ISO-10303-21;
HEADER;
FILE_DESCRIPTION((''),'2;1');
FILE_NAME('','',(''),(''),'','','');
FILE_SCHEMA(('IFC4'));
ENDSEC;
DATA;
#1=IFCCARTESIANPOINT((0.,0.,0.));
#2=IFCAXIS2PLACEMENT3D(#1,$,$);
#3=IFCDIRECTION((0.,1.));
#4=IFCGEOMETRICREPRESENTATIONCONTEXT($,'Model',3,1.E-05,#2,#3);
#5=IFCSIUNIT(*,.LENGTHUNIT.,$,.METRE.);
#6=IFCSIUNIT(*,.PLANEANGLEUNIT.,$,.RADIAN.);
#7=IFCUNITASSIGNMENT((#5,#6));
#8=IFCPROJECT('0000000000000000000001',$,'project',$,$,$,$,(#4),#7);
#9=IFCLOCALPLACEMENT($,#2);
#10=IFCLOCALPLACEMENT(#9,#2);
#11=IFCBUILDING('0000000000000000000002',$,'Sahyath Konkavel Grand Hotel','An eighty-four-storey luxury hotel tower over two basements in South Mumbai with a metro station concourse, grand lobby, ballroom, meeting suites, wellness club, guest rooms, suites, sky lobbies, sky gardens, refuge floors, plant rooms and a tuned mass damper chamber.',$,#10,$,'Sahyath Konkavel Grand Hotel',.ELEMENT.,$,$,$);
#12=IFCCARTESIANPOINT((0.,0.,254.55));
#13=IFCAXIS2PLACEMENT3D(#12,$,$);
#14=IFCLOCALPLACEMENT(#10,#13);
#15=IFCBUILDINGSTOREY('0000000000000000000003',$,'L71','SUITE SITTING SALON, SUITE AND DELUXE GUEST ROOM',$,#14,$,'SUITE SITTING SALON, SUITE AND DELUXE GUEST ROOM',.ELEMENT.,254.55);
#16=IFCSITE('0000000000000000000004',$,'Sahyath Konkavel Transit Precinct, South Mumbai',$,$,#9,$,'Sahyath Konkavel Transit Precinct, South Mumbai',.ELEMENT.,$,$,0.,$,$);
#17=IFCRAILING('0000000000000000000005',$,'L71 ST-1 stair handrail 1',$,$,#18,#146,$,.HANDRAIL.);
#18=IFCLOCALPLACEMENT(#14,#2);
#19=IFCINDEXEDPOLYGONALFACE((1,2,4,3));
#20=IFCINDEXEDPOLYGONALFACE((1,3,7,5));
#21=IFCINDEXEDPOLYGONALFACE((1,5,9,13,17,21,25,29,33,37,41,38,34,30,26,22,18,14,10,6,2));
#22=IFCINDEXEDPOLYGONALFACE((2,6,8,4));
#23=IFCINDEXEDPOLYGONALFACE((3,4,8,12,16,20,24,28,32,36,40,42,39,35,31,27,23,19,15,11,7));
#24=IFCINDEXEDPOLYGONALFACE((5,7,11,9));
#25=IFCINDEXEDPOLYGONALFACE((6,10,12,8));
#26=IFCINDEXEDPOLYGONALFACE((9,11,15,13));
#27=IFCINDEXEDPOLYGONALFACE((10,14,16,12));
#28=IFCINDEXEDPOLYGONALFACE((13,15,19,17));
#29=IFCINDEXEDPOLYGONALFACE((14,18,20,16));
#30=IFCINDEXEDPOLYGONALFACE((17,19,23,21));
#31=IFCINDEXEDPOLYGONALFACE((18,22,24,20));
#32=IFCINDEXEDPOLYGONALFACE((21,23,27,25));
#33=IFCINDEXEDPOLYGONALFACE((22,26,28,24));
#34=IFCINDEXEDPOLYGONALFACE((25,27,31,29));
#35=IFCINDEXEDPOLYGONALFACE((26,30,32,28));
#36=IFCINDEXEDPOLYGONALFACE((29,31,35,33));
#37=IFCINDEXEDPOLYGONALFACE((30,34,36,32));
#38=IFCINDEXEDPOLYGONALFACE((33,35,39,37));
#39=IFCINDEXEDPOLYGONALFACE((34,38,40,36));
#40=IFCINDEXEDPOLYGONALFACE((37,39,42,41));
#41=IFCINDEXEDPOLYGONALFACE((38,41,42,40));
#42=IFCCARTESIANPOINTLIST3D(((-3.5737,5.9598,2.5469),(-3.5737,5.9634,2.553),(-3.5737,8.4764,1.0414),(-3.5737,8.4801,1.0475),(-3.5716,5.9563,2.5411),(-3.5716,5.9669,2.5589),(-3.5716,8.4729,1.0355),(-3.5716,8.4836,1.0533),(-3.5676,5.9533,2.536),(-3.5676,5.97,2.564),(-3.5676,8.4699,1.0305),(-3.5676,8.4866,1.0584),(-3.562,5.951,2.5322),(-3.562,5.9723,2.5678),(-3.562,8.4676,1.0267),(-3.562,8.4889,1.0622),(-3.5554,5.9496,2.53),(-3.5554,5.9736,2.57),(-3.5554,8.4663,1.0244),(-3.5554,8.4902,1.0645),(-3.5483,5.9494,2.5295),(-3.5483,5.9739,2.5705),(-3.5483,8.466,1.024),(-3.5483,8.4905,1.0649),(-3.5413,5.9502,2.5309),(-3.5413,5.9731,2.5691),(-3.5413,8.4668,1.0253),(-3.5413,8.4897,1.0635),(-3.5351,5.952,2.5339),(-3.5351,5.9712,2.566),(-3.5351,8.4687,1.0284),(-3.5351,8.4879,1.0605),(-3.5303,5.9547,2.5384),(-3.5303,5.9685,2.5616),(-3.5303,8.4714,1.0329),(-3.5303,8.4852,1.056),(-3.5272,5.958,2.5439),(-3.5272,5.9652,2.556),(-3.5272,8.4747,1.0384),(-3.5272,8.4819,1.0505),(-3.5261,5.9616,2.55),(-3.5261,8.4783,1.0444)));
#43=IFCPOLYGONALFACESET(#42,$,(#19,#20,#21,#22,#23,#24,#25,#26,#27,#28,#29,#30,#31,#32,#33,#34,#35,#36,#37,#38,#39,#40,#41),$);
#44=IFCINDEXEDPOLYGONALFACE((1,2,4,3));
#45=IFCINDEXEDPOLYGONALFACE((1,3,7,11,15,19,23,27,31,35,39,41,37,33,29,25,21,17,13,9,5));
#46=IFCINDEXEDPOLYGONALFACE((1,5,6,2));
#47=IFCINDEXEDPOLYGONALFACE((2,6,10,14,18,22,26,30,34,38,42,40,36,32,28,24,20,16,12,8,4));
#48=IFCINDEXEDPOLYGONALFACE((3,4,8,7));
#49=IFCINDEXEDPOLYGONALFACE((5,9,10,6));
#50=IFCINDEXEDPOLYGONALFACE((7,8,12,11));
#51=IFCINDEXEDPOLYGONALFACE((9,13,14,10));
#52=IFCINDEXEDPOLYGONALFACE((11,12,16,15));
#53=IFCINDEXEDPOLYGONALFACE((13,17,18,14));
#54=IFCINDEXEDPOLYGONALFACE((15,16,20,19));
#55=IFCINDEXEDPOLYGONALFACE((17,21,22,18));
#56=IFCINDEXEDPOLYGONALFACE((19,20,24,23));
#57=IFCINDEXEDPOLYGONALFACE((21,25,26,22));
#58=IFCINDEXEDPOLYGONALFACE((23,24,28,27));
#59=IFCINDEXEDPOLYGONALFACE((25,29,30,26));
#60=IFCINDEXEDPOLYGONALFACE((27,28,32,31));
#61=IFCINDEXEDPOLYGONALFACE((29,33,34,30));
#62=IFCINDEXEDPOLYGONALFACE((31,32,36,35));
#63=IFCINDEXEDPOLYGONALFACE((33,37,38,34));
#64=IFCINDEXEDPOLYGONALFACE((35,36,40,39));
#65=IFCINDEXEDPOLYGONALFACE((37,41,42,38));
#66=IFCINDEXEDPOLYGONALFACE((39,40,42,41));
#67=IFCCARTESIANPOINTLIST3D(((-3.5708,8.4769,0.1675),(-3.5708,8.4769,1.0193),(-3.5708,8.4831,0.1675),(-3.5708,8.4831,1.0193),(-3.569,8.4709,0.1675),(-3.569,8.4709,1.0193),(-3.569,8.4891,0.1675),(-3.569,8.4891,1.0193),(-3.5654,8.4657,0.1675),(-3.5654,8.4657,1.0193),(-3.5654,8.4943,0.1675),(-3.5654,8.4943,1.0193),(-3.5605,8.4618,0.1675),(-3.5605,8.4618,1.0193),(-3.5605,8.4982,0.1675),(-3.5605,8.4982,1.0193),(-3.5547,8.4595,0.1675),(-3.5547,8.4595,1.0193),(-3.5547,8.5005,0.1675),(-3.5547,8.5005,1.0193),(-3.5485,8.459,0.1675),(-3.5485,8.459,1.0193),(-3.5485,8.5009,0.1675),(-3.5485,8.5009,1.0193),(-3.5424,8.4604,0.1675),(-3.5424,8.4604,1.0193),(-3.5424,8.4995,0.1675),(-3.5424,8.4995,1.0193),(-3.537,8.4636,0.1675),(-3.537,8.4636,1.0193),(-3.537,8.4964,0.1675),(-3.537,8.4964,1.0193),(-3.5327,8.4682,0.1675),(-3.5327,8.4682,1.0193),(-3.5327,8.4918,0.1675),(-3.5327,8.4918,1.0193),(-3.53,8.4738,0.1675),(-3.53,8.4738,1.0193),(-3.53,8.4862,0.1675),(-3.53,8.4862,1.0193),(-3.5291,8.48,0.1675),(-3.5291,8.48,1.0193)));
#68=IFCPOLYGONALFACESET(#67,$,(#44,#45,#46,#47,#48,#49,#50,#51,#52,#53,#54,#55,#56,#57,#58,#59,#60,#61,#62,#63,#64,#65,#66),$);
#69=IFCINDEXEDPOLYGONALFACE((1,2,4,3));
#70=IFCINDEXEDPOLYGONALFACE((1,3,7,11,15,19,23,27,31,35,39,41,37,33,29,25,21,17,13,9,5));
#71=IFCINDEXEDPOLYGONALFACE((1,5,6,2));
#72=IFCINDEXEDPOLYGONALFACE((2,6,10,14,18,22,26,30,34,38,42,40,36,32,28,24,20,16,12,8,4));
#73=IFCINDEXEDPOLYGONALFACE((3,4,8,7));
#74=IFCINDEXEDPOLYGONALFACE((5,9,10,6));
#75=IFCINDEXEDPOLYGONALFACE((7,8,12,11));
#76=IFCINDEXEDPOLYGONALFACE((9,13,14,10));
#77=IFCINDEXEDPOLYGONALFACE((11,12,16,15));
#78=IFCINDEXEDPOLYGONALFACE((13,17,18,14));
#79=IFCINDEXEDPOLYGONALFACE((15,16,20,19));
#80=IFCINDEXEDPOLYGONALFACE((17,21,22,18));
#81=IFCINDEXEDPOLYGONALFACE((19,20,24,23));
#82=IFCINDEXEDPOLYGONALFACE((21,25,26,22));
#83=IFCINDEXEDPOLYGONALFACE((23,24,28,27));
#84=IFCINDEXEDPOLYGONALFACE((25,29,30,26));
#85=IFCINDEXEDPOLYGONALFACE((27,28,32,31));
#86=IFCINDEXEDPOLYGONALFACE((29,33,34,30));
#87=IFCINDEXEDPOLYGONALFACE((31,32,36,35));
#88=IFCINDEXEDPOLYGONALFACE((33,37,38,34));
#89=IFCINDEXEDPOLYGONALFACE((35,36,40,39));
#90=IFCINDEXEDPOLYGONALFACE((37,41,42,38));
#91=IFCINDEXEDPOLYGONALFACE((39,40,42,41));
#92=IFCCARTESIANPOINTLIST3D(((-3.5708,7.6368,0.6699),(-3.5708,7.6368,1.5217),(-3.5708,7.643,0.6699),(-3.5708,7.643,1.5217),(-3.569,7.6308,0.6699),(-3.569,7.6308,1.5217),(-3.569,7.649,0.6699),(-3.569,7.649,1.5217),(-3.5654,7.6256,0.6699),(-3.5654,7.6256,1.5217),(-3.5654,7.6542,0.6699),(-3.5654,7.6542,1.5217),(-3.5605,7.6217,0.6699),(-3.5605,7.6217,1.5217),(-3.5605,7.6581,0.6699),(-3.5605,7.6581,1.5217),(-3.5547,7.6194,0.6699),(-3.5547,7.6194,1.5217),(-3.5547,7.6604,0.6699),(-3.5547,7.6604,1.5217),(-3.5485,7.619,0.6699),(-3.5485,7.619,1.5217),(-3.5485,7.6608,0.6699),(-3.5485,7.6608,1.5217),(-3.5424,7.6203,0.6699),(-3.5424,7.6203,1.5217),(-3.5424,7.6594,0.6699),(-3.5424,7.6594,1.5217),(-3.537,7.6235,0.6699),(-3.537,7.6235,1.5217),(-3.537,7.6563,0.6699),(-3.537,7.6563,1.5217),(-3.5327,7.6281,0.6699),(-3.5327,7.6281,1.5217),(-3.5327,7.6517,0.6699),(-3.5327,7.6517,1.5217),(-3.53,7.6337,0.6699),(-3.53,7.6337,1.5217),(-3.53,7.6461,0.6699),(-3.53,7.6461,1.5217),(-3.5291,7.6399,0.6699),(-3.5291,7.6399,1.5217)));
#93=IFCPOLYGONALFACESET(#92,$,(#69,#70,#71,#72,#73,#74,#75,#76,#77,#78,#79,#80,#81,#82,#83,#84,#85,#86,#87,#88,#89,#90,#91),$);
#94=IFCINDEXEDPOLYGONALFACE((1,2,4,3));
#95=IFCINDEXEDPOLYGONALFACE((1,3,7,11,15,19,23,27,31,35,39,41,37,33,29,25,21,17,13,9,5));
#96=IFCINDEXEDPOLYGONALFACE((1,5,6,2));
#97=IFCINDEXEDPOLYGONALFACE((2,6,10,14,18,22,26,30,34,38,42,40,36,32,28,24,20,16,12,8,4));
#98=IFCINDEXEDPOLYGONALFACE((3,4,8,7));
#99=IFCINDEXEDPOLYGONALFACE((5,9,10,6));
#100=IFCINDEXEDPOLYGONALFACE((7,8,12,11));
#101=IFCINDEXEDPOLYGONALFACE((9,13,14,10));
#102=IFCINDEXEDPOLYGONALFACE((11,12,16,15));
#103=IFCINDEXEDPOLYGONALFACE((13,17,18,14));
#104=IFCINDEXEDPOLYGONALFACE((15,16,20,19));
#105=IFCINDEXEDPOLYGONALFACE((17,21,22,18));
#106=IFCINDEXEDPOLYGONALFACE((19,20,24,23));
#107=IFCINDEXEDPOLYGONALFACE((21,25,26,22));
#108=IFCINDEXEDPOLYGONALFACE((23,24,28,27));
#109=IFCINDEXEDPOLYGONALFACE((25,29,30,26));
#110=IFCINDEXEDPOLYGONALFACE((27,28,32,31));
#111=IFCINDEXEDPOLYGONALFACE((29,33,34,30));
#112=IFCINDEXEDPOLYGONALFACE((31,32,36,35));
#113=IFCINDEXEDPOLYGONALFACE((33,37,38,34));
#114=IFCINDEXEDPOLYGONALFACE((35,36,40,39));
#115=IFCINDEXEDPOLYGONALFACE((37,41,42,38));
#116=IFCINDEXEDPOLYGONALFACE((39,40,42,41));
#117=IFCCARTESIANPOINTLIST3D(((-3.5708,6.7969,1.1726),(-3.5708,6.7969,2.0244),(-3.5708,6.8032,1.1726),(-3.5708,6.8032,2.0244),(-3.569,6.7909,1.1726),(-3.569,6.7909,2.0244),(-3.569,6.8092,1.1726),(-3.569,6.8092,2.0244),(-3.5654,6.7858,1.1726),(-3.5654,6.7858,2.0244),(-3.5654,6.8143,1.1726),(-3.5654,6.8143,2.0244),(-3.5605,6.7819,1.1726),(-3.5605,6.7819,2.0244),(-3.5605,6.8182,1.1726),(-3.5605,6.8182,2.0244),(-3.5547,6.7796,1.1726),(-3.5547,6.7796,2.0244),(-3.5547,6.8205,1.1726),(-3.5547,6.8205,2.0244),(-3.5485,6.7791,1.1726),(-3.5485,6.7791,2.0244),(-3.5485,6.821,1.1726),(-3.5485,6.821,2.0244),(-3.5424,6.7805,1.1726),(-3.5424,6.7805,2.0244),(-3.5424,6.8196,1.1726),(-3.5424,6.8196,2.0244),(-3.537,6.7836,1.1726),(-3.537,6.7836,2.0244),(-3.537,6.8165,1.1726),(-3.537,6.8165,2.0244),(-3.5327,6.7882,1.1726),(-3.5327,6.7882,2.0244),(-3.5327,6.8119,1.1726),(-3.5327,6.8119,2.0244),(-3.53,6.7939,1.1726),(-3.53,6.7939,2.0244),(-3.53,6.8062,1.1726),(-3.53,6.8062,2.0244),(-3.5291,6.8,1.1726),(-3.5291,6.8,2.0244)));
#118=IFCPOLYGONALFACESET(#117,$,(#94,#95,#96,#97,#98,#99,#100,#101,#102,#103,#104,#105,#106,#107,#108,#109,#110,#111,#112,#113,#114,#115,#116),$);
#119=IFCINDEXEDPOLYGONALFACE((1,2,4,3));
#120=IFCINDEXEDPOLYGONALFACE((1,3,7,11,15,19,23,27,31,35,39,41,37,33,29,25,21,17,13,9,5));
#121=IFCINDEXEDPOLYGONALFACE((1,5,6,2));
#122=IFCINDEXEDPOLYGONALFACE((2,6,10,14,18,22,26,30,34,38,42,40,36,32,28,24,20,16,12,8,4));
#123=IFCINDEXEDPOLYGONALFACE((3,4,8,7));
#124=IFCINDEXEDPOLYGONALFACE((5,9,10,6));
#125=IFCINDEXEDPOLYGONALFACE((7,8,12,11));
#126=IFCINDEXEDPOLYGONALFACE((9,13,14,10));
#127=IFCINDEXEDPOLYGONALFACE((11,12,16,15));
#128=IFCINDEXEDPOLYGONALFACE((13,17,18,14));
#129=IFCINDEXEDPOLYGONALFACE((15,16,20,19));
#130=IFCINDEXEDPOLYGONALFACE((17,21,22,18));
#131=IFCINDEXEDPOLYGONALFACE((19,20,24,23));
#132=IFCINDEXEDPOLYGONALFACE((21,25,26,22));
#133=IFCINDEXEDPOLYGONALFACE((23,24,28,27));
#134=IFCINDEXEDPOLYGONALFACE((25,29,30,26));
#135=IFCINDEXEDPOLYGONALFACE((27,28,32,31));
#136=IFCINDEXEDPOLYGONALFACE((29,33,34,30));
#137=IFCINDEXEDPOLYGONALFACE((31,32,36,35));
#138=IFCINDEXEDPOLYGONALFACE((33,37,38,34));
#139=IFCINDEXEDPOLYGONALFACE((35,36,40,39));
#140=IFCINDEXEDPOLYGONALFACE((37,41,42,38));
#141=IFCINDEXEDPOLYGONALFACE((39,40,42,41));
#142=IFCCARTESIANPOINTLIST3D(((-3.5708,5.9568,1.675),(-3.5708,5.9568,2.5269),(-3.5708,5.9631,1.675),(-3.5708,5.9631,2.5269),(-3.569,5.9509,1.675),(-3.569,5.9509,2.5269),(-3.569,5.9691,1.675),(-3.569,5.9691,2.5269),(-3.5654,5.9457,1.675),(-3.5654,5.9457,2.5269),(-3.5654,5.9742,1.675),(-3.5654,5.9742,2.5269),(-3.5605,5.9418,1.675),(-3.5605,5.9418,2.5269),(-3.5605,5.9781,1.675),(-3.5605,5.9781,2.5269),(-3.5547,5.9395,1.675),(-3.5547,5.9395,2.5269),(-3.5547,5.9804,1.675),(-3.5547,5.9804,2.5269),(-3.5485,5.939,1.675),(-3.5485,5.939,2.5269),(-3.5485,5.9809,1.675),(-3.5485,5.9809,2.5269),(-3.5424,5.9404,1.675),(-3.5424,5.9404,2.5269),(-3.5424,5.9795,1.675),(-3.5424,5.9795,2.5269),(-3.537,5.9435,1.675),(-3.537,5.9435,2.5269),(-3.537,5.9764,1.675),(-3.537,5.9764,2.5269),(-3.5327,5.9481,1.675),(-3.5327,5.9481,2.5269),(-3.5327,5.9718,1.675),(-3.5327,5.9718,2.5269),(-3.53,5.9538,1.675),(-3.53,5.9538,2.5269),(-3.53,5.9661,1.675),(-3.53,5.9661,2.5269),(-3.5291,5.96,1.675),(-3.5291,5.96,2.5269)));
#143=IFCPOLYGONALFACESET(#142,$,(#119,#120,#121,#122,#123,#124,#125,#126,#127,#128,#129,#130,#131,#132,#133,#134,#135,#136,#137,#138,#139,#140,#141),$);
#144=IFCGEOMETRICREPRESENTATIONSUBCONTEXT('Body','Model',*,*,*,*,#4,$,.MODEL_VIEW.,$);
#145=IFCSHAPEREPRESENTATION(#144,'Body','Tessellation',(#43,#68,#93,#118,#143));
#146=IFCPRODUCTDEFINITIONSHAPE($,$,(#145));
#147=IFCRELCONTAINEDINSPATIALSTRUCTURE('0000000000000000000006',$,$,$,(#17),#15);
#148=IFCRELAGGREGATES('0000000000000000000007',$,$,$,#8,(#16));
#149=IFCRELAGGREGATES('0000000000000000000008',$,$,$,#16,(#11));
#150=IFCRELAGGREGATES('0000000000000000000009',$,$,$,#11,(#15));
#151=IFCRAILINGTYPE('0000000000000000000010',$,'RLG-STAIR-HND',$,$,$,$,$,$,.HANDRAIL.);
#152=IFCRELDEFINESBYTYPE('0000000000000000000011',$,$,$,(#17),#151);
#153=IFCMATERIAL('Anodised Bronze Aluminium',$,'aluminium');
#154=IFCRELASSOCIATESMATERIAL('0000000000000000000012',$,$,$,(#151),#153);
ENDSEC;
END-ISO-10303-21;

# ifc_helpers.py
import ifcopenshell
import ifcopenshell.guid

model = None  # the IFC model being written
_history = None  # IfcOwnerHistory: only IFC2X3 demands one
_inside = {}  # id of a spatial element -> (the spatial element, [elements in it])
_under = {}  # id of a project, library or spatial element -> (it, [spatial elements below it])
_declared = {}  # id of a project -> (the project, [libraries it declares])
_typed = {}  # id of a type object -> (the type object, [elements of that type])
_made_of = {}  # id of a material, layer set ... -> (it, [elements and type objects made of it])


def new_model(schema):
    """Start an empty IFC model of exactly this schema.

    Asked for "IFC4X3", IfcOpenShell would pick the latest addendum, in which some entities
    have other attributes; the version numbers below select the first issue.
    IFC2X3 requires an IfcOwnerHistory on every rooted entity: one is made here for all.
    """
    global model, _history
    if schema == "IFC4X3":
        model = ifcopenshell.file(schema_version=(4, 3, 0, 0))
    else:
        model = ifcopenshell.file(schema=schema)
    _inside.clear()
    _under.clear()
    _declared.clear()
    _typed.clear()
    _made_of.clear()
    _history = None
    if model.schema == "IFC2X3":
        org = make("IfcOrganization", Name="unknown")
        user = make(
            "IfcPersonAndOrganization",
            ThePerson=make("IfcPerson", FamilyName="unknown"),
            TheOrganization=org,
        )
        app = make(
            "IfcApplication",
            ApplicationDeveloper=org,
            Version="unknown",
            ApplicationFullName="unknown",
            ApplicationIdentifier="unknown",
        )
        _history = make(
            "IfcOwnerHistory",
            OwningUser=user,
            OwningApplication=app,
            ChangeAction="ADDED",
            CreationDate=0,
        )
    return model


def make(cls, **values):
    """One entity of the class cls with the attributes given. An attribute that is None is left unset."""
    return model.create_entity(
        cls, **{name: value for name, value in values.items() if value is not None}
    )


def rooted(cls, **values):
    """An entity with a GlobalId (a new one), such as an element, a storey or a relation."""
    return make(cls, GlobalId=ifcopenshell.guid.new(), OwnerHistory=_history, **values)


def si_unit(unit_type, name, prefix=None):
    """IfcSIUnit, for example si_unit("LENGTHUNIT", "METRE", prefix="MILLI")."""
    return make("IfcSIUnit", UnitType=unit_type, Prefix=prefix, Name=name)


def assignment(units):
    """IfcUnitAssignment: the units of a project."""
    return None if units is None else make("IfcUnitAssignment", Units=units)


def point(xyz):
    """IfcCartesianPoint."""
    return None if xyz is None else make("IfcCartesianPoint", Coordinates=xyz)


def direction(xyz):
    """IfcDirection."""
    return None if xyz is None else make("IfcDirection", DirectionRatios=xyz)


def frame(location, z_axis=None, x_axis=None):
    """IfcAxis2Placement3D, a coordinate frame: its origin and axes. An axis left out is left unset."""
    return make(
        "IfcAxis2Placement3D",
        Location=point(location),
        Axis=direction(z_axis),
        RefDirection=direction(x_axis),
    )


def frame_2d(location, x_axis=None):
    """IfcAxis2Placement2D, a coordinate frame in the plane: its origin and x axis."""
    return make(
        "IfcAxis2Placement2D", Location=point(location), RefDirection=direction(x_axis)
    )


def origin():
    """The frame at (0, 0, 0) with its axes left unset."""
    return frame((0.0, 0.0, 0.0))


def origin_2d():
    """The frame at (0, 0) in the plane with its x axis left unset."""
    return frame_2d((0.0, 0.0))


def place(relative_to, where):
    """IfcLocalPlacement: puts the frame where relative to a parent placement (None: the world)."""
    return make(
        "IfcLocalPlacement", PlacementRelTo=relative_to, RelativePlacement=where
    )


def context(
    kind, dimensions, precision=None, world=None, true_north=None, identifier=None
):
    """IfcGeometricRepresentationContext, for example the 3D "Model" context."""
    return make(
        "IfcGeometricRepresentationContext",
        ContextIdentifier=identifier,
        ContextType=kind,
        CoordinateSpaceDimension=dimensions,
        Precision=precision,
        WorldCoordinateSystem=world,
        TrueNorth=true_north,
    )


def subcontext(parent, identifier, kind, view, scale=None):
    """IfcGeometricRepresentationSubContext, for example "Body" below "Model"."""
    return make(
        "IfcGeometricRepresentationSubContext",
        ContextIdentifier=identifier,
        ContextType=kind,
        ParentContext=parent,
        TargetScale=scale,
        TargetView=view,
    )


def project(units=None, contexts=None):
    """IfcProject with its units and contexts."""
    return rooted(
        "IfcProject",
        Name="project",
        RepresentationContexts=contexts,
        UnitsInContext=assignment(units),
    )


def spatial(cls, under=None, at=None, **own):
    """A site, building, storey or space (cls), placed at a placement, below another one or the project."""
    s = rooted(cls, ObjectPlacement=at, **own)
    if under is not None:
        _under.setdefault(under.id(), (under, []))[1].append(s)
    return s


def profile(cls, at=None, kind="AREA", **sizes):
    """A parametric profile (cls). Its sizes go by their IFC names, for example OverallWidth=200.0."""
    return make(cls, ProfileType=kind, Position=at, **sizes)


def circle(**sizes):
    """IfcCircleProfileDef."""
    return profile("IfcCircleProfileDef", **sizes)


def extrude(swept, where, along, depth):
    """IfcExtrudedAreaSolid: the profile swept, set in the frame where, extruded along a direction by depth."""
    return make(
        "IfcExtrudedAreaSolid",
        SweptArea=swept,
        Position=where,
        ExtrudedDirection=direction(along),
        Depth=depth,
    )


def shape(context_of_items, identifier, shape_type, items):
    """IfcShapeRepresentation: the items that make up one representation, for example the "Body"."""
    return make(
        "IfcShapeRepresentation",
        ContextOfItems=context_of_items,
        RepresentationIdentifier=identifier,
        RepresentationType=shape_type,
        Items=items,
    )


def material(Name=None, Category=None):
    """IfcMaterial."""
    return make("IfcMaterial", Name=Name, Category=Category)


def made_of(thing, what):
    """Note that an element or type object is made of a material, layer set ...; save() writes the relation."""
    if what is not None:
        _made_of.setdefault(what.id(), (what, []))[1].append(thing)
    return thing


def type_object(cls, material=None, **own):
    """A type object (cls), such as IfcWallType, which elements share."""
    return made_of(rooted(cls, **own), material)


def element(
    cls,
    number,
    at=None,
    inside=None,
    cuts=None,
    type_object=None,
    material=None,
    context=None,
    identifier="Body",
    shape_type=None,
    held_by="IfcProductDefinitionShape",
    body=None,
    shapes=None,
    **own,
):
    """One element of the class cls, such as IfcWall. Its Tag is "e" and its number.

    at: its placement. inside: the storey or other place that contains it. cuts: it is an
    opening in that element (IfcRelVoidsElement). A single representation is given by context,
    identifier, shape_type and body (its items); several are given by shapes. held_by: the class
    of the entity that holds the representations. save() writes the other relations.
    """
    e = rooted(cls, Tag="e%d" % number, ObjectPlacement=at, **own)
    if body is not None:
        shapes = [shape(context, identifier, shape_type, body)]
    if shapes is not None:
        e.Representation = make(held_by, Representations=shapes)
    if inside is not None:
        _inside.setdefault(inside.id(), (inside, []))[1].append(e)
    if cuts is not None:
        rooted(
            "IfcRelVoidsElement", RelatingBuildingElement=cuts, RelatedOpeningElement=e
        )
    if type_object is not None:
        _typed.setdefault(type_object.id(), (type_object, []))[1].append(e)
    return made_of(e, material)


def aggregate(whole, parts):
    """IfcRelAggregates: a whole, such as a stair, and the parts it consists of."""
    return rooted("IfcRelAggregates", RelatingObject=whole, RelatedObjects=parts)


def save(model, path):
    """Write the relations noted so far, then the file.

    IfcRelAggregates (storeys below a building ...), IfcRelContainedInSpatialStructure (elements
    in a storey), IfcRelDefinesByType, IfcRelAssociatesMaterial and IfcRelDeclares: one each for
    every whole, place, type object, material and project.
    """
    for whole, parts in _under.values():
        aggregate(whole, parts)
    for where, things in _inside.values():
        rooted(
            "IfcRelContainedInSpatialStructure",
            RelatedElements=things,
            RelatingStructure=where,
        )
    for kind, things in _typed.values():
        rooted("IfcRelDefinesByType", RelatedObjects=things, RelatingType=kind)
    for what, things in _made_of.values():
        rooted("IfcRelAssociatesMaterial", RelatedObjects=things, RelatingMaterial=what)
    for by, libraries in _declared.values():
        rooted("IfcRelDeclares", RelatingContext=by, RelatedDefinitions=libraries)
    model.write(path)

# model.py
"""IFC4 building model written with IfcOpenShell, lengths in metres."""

from ifc_helpers import new_model, si_unit, direction, frame, origin, origin_2d, place, context, subcontext, project, spatial, circle, extrude, material, type_object, element, save


model = new_model("IFC4")

# Units and contexts
model_context = context("Model", 3, precision=1e-05, world=origin(), true_north=direction((0.0, 1.0)))
body_context = subcontext(model_context, "Body", "Model", "MODEL_VIEW")
ifc_project = project(units=[si_unit("LENGTHUNIT", "METRE"), si_unit("PLANEANGLEUNIT", "RADIAN")], contexts=[model_context])

# Site, building, storey
site_placement = place(None, origin())
site = spatial("IfcSite", under=ifc_project, at=site_placement, Name="Sahyath Konkavel Transit Precinct, South Mumbai", LongName="Sahyath Konkavel Transit Precinct, South Mumbai", CompositionType="ELEMENT", RefElevation=0.0)
building_placement = place(site_placement, origin())
building = spatial("IfcBuilding", under=site, at=building_placement, Name="Sahyath Konkavel Grand Hotel", Description="An eighty-four-storey luxury hotel tower over two basements in South Mumbai with a metro station concourse, grand lobby, ballroom, meeting suites, wellness club, guest rooms, suites, sky lobbies, sky gardens, refuge floors, plant rooms and a tuned mass damper chamber.", LongName="Sahyath Konkavel Grand Hotel", CompositionType="ELEMENT")
storey_placement = place(building_placement, frame((0.0, 0.0, 254.55)))
storey = spatial("IfcBuildingStorey", under=building, at=storey_placement, Name="L71", Description="SUITE SITTING SALON, SUITE AND DELUXE GUEST ROOM", LongName="SUITE SITTING SALON, SUITE AND DELUXE GUEST ROOM", CompositionType="ELEMENT", Elevation=254.55)

# Shared definitions
ifc_material_1 = material(Name="Anodised Bronze Aluminium", Category="aluminium")

# Railing
railing_type_1 = type_object("IfcRailingType", Name="RLG-STAIR-HND", PredefinedType="HANDRAIL", material=ifc_material_1)
railing_1_placement = place(storey_placement, frame((-3.55, 8.48, 0.1675)))
element("IfcRailing", 1, at=railing_1_placement, inside=storey, type_object=railing_type_1, Name="L71 ST-1 stair handrail 1", PredefinedType="HANDRAIL", context=body_context, shape_type="SweptSolid", body=[
    extrude(circle(Radius=0.0239, at=origin_2d()), frame((0.0, -0.0017, 0.877), z_axis=(0.0, -0.85816, 0.513383), x_axis=(1.0, 0.0, 0.0)), (0.0, 0.0, 1.0), 2.9326),
    extrude(circle(Radius=0.021, at=origin_2d()), origin(), (0.0, 0.0, 1.0), 0.8518),
    extrude(circle(Radius=0.021, at=origin_2d()), frame((0.0, -0.8401, 0.5024)), (0.0, 0.0, 1.0), 0.8518),
    extrude(circle(Radius=0.021, at=origin_2d()), frame((0.0, -1.6799, 1.0051)), (0.0, 0.0, 1.0), 0.8518),
    extrude(circle(Radius=0.021, at=origin_2d()), frame((0.0, -2.52, 1.5076)), (0.0, 0.0, 1.0), 0.8518),
])

save(model, "model.ifc")
